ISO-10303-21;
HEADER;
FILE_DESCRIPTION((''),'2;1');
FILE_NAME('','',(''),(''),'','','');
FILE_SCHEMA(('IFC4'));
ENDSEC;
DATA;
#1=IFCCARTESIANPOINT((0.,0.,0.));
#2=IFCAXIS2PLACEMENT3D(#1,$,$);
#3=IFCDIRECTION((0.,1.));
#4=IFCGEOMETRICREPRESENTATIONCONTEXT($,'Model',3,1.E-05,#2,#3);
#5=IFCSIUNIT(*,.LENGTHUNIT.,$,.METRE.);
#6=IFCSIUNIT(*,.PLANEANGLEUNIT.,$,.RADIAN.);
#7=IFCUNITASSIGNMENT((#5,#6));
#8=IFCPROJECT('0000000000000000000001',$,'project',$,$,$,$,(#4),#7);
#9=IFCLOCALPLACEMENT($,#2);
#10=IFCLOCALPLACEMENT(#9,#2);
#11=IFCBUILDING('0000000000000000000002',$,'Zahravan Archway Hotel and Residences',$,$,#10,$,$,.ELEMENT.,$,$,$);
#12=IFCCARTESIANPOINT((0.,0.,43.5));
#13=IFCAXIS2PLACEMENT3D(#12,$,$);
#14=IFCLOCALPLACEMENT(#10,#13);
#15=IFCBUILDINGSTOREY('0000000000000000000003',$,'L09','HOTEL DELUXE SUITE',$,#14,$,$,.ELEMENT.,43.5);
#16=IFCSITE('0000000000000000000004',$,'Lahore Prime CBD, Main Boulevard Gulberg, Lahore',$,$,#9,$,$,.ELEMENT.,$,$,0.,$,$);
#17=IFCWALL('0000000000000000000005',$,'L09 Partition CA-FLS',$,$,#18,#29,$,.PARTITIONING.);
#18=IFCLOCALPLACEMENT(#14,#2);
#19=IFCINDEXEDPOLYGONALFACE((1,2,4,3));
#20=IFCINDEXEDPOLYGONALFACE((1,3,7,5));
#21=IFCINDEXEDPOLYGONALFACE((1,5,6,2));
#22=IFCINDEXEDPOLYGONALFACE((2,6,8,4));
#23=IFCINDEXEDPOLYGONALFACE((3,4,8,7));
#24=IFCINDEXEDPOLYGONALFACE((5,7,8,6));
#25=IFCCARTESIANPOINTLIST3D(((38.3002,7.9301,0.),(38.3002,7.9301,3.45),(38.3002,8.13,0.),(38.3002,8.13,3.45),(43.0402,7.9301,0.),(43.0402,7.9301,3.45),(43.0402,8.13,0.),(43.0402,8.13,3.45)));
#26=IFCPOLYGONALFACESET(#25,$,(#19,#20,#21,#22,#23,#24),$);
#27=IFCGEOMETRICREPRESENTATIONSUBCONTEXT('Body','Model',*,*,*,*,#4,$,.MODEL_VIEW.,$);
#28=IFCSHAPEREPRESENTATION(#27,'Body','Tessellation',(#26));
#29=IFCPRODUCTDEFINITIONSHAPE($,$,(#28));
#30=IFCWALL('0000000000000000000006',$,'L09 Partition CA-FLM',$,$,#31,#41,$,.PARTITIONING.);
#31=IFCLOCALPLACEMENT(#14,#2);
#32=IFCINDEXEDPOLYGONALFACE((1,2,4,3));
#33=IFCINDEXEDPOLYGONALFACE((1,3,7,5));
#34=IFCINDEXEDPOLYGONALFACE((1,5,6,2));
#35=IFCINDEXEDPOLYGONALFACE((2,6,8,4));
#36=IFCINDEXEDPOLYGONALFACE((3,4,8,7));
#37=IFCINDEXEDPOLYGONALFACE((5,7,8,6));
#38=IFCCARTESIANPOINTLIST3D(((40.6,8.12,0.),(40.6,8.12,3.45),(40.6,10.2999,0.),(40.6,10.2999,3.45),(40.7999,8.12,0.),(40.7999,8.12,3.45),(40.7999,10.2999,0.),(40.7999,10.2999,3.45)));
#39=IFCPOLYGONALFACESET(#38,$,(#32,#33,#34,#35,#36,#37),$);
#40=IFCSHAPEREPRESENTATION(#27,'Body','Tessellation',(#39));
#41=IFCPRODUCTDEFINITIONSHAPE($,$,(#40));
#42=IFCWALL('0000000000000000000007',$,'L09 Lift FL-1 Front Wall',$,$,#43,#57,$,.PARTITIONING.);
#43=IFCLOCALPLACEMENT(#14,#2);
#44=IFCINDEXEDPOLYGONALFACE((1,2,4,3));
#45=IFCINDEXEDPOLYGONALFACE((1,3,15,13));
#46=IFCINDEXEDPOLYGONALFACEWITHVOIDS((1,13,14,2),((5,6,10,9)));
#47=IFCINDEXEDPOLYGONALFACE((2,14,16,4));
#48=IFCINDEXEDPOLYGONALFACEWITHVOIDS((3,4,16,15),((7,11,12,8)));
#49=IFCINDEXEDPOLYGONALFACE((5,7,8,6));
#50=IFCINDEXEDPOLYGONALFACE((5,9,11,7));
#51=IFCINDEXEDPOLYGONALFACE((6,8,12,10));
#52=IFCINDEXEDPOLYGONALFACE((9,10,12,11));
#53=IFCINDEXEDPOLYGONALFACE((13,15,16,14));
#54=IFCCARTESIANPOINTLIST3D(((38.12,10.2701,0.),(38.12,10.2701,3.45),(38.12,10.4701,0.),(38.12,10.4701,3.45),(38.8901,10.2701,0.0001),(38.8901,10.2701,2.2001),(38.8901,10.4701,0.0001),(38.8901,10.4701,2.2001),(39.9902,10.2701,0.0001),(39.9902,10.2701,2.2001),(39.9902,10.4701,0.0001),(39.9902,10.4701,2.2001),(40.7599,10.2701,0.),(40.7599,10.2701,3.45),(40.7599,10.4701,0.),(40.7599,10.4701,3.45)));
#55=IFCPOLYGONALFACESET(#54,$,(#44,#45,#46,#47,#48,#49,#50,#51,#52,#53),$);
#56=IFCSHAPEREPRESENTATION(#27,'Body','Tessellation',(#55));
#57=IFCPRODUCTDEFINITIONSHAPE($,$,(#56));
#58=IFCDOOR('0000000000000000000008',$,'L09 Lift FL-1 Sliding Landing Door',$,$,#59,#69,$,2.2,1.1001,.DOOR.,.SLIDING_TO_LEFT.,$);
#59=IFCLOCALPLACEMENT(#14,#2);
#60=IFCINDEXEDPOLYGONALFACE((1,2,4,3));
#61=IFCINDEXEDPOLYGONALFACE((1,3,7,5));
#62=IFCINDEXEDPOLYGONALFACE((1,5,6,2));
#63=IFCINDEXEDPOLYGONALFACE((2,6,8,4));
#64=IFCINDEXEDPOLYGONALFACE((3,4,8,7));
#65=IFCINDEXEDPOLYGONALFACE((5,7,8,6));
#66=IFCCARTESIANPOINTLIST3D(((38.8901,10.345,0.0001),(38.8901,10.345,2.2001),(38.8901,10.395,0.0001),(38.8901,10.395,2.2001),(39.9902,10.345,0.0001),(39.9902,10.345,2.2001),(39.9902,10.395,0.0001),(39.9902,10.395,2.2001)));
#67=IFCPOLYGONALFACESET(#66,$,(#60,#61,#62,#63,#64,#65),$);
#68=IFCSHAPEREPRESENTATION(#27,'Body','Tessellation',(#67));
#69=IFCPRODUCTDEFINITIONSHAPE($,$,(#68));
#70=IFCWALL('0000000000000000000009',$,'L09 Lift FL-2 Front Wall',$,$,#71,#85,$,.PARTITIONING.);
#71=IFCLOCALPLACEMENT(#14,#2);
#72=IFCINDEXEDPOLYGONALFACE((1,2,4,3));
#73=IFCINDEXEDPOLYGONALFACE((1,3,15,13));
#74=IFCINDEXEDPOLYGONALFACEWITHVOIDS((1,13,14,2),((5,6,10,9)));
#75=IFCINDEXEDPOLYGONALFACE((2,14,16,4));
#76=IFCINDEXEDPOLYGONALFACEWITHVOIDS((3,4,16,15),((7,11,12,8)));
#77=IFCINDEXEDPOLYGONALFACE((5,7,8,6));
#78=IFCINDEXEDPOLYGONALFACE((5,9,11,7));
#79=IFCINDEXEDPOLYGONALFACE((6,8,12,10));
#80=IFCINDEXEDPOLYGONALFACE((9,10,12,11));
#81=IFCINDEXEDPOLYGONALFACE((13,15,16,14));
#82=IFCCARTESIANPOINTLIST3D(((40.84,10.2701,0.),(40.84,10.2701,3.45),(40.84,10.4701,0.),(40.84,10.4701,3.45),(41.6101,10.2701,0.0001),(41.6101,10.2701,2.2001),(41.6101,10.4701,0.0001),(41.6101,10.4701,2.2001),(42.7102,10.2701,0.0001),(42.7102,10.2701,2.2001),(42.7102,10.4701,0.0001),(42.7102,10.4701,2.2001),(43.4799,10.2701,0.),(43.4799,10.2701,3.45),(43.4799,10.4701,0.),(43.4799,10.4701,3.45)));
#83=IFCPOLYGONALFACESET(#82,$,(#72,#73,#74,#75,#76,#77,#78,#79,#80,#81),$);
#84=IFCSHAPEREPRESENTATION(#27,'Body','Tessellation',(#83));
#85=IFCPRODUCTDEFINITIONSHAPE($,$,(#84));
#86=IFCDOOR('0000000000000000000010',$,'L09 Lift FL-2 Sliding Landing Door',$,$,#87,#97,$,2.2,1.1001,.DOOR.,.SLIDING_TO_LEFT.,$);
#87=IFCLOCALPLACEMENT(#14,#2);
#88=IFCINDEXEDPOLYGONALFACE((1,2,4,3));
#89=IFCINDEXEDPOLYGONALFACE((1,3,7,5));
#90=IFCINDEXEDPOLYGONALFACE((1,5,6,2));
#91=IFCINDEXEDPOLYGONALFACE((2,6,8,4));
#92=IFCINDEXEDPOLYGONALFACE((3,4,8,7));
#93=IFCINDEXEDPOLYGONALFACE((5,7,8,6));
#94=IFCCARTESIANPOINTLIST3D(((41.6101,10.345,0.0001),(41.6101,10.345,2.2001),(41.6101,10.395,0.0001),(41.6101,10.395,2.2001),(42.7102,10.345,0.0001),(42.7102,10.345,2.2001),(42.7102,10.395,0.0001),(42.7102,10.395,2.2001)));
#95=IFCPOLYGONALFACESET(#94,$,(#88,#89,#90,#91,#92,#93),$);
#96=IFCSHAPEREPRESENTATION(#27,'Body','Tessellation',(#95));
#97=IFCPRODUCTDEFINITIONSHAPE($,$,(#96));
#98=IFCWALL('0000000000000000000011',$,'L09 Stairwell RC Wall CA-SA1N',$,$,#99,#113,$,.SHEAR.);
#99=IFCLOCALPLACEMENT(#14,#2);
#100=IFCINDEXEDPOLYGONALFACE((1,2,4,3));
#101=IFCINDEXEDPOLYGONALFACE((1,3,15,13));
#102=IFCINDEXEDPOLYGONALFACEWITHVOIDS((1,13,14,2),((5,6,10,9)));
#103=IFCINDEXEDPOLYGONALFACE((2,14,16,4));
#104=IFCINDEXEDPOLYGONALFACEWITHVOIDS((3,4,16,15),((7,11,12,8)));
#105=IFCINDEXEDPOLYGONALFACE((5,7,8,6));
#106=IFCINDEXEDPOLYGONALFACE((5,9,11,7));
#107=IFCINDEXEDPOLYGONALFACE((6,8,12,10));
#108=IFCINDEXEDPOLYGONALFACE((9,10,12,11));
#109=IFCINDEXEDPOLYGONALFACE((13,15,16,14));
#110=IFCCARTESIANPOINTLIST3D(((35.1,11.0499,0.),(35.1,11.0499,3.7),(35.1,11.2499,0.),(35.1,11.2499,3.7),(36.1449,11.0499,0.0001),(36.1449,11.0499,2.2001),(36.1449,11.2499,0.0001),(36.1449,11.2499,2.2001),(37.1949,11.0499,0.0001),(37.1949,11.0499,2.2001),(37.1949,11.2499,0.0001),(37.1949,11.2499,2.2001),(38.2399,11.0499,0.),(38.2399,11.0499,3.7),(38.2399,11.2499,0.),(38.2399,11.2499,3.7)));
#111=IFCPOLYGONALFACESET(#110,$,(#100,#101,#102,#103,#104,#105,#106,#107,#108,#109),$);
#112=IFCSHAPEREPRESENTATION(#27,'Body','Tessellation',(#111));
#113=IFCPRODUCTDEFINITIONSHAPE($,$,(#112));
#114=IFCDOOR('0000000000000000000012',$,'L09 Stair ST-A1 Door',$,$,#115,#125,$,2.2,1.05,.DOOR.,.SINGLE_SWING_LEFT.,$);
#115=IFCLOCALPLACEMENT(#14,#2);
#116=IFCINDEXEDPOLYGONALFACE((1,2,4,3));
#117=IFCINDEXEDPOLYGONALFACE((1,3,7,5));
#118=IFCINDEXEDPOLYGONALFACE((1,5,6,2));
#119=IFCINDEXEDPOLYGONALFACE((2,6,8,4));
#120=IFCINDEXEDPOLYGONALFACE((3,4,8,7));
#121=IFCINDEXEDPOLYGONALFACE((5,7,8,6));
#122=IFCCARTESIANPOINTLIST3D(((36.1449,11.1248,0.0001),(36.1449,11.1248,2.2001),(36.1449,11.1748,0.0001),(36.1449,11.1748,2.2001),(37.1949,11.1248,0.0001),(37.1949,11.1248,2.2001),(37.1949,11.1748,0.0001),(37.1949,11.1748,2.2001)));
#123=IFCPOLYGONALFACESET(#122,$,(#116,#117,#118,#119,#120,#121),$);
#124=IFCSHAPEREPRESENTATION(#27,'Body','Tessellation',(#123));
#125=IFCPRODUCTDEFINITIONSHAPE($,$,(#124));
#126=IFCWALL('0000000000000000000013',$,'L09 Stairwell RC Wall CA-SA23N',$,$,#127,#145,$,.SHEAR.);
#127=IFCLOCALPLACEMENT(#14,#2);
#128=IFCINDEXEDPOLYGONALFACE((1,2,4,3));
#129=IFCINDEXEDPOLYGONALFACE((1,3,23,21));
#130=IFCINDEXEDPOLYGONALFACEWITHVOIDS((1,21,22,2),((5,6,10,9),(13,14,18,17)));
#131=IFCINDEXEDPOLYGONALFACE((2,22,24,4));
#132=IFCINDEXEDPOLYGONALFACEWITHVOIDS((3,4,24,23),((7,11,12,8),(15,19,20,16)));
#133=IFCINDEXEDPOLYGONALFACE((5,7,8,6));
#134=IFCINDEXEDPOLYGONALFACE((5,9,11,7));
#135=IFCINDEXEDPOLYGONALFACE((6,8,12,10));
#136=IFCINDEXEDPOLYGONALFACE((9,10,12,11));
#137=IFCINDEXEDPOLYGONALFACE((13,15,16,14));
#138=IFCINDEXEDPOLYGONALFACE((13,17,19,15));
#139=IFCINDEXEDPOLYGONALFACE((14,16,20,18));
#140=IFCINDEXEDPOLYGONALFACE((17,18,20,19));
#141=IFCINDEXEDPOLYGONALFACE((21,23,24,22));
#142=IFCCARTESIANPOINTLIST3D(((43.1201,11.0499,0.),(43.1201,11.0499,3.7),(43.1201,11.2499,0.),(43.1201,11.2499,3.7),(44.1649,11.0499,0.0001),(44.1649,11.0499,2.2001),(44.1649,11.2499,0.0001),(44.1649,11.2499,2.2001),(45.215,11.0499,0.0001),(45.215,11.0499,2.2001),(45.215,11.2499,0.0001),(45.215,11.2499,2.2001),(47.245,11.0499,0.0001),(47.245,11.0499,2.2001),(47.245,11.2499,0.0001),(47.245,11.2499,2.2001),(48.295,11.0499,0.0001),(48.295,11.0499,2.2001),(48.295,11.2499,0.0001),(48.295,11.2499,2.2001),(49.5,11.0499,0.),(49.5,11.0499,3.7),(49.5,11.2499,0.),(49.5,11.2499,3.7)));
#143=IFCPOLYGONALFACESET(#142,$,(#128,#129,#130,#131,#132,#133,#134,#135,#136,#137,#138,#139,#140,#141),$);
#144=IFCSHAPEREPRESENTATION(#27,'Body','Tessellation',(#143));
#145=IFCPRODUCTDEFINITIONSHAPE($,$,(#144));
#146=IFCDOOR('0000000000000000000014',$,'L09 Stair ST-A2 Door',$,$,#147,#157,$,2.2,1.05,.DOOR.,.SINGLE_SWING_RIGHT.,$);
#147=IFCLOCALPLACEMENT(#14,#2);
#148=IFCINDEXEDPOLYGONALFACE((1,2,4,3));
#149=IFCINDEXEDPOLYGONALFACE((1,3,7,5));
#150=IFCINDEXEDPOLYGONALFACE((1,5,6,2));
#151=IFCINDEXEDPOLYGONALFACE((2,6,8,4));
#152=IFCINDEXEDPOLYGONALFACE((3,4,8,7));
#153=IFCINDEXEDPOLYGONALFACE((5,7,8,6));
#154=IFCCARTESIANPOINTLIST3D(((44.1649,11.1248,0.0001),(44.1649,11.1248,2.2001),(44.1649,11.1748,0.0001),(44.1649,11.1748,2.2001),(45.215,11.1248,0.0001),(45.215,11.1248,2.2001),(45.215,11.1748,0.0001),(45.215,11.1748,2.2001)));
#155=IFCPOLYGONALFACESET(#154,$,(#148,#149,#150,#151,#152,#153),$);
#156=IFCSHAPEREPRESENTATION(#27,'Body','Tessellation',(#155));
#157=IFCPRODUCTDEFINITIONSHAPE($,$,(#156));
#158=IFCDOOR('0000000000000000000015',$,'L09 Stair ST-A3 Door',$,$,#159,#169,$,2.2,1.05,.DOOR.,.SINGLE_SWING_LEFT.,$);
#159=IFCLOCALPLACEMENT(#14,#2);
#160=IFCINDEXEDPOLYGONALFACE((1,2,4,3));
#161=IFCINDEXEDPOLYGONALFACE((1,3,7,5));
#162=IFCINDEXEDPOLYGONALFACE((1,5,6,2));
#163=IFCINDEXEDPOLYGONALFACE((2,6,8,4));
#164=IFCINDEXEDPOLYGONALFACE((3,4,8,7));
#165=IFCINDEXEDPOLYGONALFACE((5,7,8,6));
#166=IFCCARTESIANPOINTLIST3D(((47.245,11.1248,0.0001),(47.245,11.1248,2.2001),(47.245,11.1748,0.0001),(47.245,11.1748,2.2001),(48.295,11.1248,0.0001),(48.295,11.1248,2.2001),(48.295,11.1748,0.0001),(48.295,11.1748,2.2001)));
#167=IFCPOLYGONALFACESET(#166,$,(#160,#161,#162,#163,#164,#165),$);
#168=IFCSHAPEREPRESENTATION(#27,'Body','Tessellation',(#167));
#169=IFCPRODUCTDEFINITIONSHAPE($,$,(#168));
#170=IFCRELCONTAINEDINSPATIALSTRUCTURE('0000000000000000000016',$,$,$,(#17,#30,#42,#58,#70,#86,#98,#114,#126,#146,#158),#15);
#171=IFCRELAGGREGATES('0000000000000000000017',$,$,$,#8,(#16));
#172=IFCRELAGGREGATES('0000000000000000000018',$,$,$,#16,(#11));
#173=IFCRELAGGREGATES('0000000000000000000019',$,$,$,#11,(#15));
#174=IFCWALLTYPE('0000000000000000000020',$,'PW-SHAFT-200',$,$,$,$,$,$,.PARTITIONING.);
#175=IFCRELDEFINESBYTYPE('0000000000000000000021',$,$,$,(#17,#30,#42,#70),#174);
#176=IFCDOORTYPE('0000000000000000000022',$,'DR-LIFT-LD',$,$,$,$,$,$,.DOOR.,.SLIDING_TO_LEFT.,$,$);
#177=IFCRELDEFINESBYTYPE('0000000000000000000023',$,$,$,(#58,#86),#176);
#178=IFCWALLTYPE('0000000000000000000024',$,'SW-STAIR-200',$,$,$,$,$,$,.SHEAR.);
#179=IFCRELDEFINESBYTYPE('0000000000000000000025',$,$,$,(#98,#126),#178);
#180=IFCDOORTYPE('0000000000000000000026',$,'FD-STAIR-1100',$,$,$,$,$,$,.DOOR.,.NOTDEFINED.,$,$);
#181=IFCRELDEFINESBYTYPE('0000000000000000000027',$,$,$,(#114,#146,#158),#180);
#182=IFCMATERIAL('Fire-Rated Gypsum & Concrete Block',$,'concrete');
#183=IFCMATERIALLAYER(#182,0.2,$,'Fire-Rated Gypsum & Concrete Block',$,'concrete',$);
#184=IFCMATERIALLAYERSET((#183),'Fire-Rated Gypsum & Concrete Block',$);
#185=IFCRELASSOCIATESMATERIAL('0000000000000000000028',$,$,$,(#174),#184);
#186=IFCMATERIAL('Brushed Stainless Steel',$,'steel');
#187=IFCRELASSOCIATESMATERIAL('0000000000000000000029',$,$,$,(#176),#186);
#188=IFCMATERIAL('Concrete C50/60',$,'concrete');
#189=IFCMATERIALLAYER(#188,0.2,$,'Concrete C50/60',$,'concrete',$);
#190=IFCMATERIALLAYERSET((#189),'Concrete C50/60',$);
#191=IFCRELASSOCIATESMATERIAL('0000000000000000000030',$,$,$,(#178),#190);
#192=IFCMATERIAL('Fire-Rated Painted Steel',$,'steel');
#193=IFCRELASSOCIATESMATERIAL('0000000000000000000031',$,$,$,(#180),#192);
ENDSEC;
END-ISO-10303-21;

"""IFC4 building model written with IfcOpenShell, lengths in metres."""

from ifc_helpers import new_model, si_unit, direction, frame, frame_2d, origin, place, context, subcontext, project, spatial, rectangle, extrude, source, transform, mapped, material, layer, layer_set, type_object, type_shapes, element, fill, save


model = new_model("IFC4")

# Units and contexts
model_context = context("Model", 3, precision=1e-05, world=origin(), true_north=direction((0.0, 1.0)))
body_context = subcontext(model_context, "Body", "Model", "MODEL_VIEW")
ifc_project = project(units=[si_unit("LENGTHUNIT", "METRE"), si_unit("PLANEANGLEUNIT", "RADIAN")], contexts=[model_context])

# Site, building, storey
site_placement = place(None, origin())
site = spatial("IfcSite", under=ifc_project, at=site_placement, Name="Lahore Prime CBD, Main Boulevard Gulberg, Lahore", CompositionType="ELEMENT", RefElevation=0.0)
building_placement = place(site_placement, origin())
building = spatial("IfcBuilding", under=site, at=building_placement, Name="Zahravan Archway Hotel and Residences", CompositionType="ELEMENT")
storey_placement = place(building_placement, frame((0.0, 0.0, 43.5)))
storey = spatial("IfcBuildingStorey", under=building, at=storey_placement, Name="L09", Description="HOTEL DELUXE SUITE", CompositionType="ELEMENT", Elevation=43.5)

# Walls
ifc_material_1 = material(Name="Fire-Rated Gypsum & Concrete Block", Category="concrete")
ifc_layer_1 = layer(ifc_material_1, 0.2, Name="Fire-Rated Gypsum & Concrete Block", Category="concrete")
ifc_layer_set_1 = layer_set([ifc_layer_1], Name="Fire-Rated Gypsum & Concrete Block")
wall_type_1 = type_object("IfcWallType", Name="PW-SHAFT-200", PredefinedType="PARTITIONING", material=ifc_layer_set_1)
wall_1_placement = place(storey_placement, frame((38.3, 8.03, 0.0), z_axis=(0.0, 0.0, 1.0), x_axis=(1.0, 0.0, 0.0)))
element("IfcWall", 1, at=wall_1_placement, inside=storey, type_object=wall_type_1, Name="L09 Partition CA-FLS", PredefinedType="PARTITIONING", context=body_context, shape_type="SweptSolid", body=[
    extrude(rectangle(XDim=4.74, YDim=0.2, at=frame_2d((2.3701, 0.0))), origin(), (0.0, 0.0, 1.0), 3.45),
])
wall_2_placement = place(storey_placement, frame((40.7, 8.1201, 0.0), z_axis=(0.0, 0.0, 1.0), x_axis=(0.0, 1.0, 0.0)))
element("IfcWall", 2, at=wall_2_placement, inside=storey, type_object=wall_type_1, Name="L09 Partition CA-FLM", PredefinedType="PARTITIONING", context=body_context, shape_type="SweptSolid", body=[
    extrude(rectangle(XDim=2.1799, YDim=0.2, at=frame_2d((1.0898, 0.0))), origin(), (0.0, 0.0, 1.0), 3.45),
])

# Walls, openings, doors
wall_3_placement = place(storey_placement, frame((38.1201, 10.3701, 0.0), z_axis=(0.0, 0.0, 1.0), x_axis=(1.0, 0.0, 0.0)))
wall_3 = element("IfcWall", 3, at=wall_3_placement, inside=storey, type_object=wall_type_1, Name="L09 Lift FL-1 Front Wall", PredefinedType="PARTITIONING", context=body_context, shape_type="SweptSolid", body=[
    extrude(rectangle(XDim=2.6399, YDim=0.2, at=frame_2d((1.3198, 0.0))), origin(), (0.0, 0.0, 1.0), 3.45),
])
opening_1_placement = place(wall_3_placement, frame((0.77, 0.0, 0.0)))
opening_1 = element("IfcOpeningElement", 4, at=opening_1_placement, cuts=wall_3, PredefinedType="OPENING", context=body_context, shape_type="SweptSolid", body=[
    extrude(rectangle(XDim=1.1001, YDim=2.2, at=frame_2d((0.55, 1.1001))), frame((0.0, 0.1099, 0.0), z_axis=(0.0, -1.0, 0.0), x_axis=(1.0, 0.0, 0.0)), (0.0, 0.0, 1.0), 0.22),
])
ifc_material_2 = material(Name="Brushed Stainless Steel", Category="steel")
door_type_1 = type_object("IfcDoorType", Name="DR-LIFT-LD", OperationType="SLIDING_TO_LEFT", PredefinedType="DOOR", material=ifc_material_2)
shared_shape_1 = source(origin(), body_context, "Body", "SweptSolid", [
    extrude(rectangle(XDim=1.1001, YDim=2.2, at=frame_2d((0.55, 1.1001))), frame((0.0, 0.0249, 0.0), z_axis=(0.0, -1.0, 0.0), x_axis=(1.0, 0.0, 0.0)), (0.0, 0.0, 1.0), 0.05),
])
type_shapes(door_type_1, [shared_shape_1])
door_1_placement = place(opening_1_placement, origin())
door_1 = element("IfcDoor", 5, at=door_1_placement, inside=storey, type_object=door_type_1, Name="L09 Lift FL-1 Sliding Landing Door", OperationType="SLIDING_TO_LEFT", OverallHeight=2.2, OverallWidth=1.1001, PredefinedType="DOOR", context=body_context, shape_type="MappedRepresentation", body=[
    mapped(shared_shape_1, transform((0.0, 0.0, 0.0), scale=1.0)),
])
fill(opening_1, door_1)
wall_4_placement = place(storey_placement, frame((40.8401, 10.3701, 0.0), z_axis=(0.0, 0.0, 1.0), x_axis=(1.0, 0.0, 0.0)))
wall_4 = element("IfcWall", 6, at=wall_4_placement, inside=storey, type_object=wall_type_1, Name="L09 Lift FL-2 Front Wall", PredefinedType="PARTITIONING", context=body_context, shape_type="SweptSolid", body=[
    extrude(rectangle(XDim=2.6399, YDim=0.2, at=frame_2d((1.3198, 0.0))), origin(), (0.0, 0.0, 1.0), 3.45),
])
opening_2_placement = place(wall_4_placement, frame((0.77, 0.0, 0.0)))
opening_2 = element("IfcOpeningElement", 7, at=opening_2_placement, cuts=wall_4, PredefinedType="OPENING", context=body_context, shape_type="SweptSolid", body=[
    extrude(rectangle(XDim=1.1001, YDim=2.2, at=frame_2d((0.55, 1.1001))), frame((0.0, 0.1099, 0.0), z_axis=(0.0, -1.0, 0.0), x_axis=(1.0, 0.0, 0.0)), (0.0, 0.0, 1.0), 0.22),
])
door_2_placement = place(opening_2_placement, origin())
door_2 = element("IfcDoor", 8, at=door_2_placement, inside=storey, type_object=door_type_1, Name="L09 Lift FL-2 Sliding Landing Door", OperationType="SLIDING_TO_LEFT", OverallHeight=2.2, OverallWidth=1.1001, PredefinedType="DOOR", context=body_context, shape_type="MappedRepresentation", body=[
    mapped(shared_shape_1, transform((0.0, 0.0, 0.0), scale=1.0)),
])
fill(opening_2, door_2)
ifc_material_3 = material(Name="Concrete C50/60", Category="concrete")
ifc_layer_2 = layer(ifc_material_3, 0.2, Name="Concrete C50/60", Category="concrete")
ifc_layer_set_2 = layer_set([ifc_layer_2], Name="Concrete C50/60")
wall_type_2 = type_object("IfcWallType", Name="SW-STAIR-200", PredefinedType="SHEAR", material=ifc_layer_set_2)
wall_5_placement = place(storey_placement, frame((35.1001, 11.1499, 0.0), z_axis=(0.0, 0.0, 1.0), x_axis=(1.0, 0.0, 0.0)))
wall_5 = element("IfcWall", 9, at=wall_5_placement, inside=storey, type_object=wall_type_2, Name="L09 Stairwell RC Wall CA-SA1N", PredefinedType="SHEAR", context=body_context, shape_type="SweptSolid", body=[
    extrude(rectangle(XDim=3.1399, YDim=0.2, at=frame_2d((1.5698, 0.0))), origin(), (0.0, 0.0, 1.0), 3.7),
])
opening_3_placement = place(wall_5_placement, frame((1.0449, 0.0, 0.0)))
opening_3 = element("IfcOpeningElement", 10, at=opening_3_placement, cuts=wall_5, PredefinedType="OPENING", context=body_context, shape_type="SweptSolid", body=[
    extrude(rectangle(XDim=1.05, YDim=2.2, at=frame_2d((0.5249, 1.1001))), frame((0.0, 0.1099, 0.0), z_axis=(0.0, -1.0, 0.0), x_axis=(1.0, 0.0, 0.0)), (0.0, 0.0, 1.0), 0.22),
])
ifc_material_4 = material(Name="Fire-Rated Painted Steel", Category="steel")
door_type_2 = type_object("IfcDoorType", Name="FD-STAIR-1100", OperationType="NOTDEFINED", PredefinedType="DOOR", material=ifc_material_4)
shared_shape_2 = source(origin(), body_context, "Body", "SweptSolid", [
    extrude(rectangle(XDim=1.05, YDim=2.2, at=frame_2d((0.5249, 1.1001))), frame((0.0, 0.0249, 0.0), z_axis=(0.0, -1.0, 0.0), x_axis=(1.0, 0.0, 0.0)), (0.0, 0.0, 1.0), 0.05),
])
type_shapes(door_type_2, [shared_shape_2])
door_3_placement = place(opening_3_placement, origin())
door_3 = element("IfcDoor", 11, at=door_3_placement, inside=storey, type_object=door_type_2, Name="L09 Stair ST-A1 Door", OperationType="SINGLE_SWING_LEFT", OverallHeight=2.2, OverallWidth=1.05, PredefinedType="DOOR", context=body_context, shape_type="MappedRepresentation", body=[
    mapped(shared_shape_2, transform((0.0, 0.0, 0.0), scale=1.0)),
])
fill(opening_3, door_3)

# Wall, openings, doors
wall_6_placement = place(storey_placement, frame((43.1201, 11.1499, 0.0), z_axis=(0.0, 0.0, 1.0), x_axis=(1.0, 0.0, 0.0)))
wall_6 = element("IfcWall", 12, at=wall_6_placement, inside=storey, type_object=wall_type_2, Name="L09 Stairwell RC Wall CA-SA23N", PredefinedType="SHEAR", context=body_context, shape_type="SweptSolid", body=[
    extrude(rectangle(XDim=6.3799, YDim=0.2, at=frame_2d((3.1899, 0.0))), origin(), (0.0, 0.0, 1.0), 3.7),
])
opening_4_placement = place(wall_6_placement, frame((1.0449, 0.0, 0.0)))
opening_4 = element("IfcOpeningElement", 13, at=opening_4_placement, cuts=wall_6, PredefinedType="OPENING", context=body_context, shape_type="SweptSolid", body=[
    extrude(rectangle(XDim=1.05, YDim=2.2, at=frame_2d((0.5249, 1.1001))), frame((0.0, 0.1099, 0.0), z_axis=(0.0, -1.0, 0.0), x_axis=(1.0, 0.0, 0.0)), (0.0, 0.0, 1.0), 0.22),
])
opening_5_placement = place(wall_6_placement, frame((4.125, 0.0, 0.0)))
opening_5 = element("IfcOpeningElement", 14, at=opening_5_placement, cuts=wall_6, PredefinedType="OPENING", context=body_context, shape_type="SweptSolid", body=[
    extrude(rectangle(XDim=1.05, YDim=2.2, at=frame_2d((0.5249, 1.1001))), frame((0.0, 0.1099, 0.0), z_axis=(0.0, -1.0, 0.0), x_axis=(1.0, 0.0, 0.0)), (0.0, 0.0, 1.0), 0.22),
])
door_4_placement = place(opening_4_placement, origin())
door_4 = element("IfcDoor", 15, at=door_4_placement, inside=storey, type_object=door_type_2, Name="L09 Stair ST-A2 Door", OperationType="SINGLE_SWING_RIGHT", OverallHeight=2.2, OverallWidth=1.05, PredefinedType="DOOR", context=body_context, shape_type="MappedRepresentation", body=[
    mapped(shared_shape_2, transform((0.0, 0.0, 0.0), scale=1.0)),
])
fill(opening_4, door_4)
door_5_placement = place(opening_5_placement, origin())
door_5 = element("IfcDoor", 16, at=door_5_placement, inside=storey, type_object=door_type_2, Name="L09 Stair ST-A3 Door", OperationType="SINGLE_SWING_LEFT", OverallHeight=2.2, OverallWidth=1.05, PredefinedType="DOOR", context=body_context, shape_type="MappedRepresentation", body=[
    mapped(shared_shape_2, transform((0.0, 0.0, 0.0), scale=1.0)),
])
fill(opening_5, door_5)

save(model, "model.ifc")
